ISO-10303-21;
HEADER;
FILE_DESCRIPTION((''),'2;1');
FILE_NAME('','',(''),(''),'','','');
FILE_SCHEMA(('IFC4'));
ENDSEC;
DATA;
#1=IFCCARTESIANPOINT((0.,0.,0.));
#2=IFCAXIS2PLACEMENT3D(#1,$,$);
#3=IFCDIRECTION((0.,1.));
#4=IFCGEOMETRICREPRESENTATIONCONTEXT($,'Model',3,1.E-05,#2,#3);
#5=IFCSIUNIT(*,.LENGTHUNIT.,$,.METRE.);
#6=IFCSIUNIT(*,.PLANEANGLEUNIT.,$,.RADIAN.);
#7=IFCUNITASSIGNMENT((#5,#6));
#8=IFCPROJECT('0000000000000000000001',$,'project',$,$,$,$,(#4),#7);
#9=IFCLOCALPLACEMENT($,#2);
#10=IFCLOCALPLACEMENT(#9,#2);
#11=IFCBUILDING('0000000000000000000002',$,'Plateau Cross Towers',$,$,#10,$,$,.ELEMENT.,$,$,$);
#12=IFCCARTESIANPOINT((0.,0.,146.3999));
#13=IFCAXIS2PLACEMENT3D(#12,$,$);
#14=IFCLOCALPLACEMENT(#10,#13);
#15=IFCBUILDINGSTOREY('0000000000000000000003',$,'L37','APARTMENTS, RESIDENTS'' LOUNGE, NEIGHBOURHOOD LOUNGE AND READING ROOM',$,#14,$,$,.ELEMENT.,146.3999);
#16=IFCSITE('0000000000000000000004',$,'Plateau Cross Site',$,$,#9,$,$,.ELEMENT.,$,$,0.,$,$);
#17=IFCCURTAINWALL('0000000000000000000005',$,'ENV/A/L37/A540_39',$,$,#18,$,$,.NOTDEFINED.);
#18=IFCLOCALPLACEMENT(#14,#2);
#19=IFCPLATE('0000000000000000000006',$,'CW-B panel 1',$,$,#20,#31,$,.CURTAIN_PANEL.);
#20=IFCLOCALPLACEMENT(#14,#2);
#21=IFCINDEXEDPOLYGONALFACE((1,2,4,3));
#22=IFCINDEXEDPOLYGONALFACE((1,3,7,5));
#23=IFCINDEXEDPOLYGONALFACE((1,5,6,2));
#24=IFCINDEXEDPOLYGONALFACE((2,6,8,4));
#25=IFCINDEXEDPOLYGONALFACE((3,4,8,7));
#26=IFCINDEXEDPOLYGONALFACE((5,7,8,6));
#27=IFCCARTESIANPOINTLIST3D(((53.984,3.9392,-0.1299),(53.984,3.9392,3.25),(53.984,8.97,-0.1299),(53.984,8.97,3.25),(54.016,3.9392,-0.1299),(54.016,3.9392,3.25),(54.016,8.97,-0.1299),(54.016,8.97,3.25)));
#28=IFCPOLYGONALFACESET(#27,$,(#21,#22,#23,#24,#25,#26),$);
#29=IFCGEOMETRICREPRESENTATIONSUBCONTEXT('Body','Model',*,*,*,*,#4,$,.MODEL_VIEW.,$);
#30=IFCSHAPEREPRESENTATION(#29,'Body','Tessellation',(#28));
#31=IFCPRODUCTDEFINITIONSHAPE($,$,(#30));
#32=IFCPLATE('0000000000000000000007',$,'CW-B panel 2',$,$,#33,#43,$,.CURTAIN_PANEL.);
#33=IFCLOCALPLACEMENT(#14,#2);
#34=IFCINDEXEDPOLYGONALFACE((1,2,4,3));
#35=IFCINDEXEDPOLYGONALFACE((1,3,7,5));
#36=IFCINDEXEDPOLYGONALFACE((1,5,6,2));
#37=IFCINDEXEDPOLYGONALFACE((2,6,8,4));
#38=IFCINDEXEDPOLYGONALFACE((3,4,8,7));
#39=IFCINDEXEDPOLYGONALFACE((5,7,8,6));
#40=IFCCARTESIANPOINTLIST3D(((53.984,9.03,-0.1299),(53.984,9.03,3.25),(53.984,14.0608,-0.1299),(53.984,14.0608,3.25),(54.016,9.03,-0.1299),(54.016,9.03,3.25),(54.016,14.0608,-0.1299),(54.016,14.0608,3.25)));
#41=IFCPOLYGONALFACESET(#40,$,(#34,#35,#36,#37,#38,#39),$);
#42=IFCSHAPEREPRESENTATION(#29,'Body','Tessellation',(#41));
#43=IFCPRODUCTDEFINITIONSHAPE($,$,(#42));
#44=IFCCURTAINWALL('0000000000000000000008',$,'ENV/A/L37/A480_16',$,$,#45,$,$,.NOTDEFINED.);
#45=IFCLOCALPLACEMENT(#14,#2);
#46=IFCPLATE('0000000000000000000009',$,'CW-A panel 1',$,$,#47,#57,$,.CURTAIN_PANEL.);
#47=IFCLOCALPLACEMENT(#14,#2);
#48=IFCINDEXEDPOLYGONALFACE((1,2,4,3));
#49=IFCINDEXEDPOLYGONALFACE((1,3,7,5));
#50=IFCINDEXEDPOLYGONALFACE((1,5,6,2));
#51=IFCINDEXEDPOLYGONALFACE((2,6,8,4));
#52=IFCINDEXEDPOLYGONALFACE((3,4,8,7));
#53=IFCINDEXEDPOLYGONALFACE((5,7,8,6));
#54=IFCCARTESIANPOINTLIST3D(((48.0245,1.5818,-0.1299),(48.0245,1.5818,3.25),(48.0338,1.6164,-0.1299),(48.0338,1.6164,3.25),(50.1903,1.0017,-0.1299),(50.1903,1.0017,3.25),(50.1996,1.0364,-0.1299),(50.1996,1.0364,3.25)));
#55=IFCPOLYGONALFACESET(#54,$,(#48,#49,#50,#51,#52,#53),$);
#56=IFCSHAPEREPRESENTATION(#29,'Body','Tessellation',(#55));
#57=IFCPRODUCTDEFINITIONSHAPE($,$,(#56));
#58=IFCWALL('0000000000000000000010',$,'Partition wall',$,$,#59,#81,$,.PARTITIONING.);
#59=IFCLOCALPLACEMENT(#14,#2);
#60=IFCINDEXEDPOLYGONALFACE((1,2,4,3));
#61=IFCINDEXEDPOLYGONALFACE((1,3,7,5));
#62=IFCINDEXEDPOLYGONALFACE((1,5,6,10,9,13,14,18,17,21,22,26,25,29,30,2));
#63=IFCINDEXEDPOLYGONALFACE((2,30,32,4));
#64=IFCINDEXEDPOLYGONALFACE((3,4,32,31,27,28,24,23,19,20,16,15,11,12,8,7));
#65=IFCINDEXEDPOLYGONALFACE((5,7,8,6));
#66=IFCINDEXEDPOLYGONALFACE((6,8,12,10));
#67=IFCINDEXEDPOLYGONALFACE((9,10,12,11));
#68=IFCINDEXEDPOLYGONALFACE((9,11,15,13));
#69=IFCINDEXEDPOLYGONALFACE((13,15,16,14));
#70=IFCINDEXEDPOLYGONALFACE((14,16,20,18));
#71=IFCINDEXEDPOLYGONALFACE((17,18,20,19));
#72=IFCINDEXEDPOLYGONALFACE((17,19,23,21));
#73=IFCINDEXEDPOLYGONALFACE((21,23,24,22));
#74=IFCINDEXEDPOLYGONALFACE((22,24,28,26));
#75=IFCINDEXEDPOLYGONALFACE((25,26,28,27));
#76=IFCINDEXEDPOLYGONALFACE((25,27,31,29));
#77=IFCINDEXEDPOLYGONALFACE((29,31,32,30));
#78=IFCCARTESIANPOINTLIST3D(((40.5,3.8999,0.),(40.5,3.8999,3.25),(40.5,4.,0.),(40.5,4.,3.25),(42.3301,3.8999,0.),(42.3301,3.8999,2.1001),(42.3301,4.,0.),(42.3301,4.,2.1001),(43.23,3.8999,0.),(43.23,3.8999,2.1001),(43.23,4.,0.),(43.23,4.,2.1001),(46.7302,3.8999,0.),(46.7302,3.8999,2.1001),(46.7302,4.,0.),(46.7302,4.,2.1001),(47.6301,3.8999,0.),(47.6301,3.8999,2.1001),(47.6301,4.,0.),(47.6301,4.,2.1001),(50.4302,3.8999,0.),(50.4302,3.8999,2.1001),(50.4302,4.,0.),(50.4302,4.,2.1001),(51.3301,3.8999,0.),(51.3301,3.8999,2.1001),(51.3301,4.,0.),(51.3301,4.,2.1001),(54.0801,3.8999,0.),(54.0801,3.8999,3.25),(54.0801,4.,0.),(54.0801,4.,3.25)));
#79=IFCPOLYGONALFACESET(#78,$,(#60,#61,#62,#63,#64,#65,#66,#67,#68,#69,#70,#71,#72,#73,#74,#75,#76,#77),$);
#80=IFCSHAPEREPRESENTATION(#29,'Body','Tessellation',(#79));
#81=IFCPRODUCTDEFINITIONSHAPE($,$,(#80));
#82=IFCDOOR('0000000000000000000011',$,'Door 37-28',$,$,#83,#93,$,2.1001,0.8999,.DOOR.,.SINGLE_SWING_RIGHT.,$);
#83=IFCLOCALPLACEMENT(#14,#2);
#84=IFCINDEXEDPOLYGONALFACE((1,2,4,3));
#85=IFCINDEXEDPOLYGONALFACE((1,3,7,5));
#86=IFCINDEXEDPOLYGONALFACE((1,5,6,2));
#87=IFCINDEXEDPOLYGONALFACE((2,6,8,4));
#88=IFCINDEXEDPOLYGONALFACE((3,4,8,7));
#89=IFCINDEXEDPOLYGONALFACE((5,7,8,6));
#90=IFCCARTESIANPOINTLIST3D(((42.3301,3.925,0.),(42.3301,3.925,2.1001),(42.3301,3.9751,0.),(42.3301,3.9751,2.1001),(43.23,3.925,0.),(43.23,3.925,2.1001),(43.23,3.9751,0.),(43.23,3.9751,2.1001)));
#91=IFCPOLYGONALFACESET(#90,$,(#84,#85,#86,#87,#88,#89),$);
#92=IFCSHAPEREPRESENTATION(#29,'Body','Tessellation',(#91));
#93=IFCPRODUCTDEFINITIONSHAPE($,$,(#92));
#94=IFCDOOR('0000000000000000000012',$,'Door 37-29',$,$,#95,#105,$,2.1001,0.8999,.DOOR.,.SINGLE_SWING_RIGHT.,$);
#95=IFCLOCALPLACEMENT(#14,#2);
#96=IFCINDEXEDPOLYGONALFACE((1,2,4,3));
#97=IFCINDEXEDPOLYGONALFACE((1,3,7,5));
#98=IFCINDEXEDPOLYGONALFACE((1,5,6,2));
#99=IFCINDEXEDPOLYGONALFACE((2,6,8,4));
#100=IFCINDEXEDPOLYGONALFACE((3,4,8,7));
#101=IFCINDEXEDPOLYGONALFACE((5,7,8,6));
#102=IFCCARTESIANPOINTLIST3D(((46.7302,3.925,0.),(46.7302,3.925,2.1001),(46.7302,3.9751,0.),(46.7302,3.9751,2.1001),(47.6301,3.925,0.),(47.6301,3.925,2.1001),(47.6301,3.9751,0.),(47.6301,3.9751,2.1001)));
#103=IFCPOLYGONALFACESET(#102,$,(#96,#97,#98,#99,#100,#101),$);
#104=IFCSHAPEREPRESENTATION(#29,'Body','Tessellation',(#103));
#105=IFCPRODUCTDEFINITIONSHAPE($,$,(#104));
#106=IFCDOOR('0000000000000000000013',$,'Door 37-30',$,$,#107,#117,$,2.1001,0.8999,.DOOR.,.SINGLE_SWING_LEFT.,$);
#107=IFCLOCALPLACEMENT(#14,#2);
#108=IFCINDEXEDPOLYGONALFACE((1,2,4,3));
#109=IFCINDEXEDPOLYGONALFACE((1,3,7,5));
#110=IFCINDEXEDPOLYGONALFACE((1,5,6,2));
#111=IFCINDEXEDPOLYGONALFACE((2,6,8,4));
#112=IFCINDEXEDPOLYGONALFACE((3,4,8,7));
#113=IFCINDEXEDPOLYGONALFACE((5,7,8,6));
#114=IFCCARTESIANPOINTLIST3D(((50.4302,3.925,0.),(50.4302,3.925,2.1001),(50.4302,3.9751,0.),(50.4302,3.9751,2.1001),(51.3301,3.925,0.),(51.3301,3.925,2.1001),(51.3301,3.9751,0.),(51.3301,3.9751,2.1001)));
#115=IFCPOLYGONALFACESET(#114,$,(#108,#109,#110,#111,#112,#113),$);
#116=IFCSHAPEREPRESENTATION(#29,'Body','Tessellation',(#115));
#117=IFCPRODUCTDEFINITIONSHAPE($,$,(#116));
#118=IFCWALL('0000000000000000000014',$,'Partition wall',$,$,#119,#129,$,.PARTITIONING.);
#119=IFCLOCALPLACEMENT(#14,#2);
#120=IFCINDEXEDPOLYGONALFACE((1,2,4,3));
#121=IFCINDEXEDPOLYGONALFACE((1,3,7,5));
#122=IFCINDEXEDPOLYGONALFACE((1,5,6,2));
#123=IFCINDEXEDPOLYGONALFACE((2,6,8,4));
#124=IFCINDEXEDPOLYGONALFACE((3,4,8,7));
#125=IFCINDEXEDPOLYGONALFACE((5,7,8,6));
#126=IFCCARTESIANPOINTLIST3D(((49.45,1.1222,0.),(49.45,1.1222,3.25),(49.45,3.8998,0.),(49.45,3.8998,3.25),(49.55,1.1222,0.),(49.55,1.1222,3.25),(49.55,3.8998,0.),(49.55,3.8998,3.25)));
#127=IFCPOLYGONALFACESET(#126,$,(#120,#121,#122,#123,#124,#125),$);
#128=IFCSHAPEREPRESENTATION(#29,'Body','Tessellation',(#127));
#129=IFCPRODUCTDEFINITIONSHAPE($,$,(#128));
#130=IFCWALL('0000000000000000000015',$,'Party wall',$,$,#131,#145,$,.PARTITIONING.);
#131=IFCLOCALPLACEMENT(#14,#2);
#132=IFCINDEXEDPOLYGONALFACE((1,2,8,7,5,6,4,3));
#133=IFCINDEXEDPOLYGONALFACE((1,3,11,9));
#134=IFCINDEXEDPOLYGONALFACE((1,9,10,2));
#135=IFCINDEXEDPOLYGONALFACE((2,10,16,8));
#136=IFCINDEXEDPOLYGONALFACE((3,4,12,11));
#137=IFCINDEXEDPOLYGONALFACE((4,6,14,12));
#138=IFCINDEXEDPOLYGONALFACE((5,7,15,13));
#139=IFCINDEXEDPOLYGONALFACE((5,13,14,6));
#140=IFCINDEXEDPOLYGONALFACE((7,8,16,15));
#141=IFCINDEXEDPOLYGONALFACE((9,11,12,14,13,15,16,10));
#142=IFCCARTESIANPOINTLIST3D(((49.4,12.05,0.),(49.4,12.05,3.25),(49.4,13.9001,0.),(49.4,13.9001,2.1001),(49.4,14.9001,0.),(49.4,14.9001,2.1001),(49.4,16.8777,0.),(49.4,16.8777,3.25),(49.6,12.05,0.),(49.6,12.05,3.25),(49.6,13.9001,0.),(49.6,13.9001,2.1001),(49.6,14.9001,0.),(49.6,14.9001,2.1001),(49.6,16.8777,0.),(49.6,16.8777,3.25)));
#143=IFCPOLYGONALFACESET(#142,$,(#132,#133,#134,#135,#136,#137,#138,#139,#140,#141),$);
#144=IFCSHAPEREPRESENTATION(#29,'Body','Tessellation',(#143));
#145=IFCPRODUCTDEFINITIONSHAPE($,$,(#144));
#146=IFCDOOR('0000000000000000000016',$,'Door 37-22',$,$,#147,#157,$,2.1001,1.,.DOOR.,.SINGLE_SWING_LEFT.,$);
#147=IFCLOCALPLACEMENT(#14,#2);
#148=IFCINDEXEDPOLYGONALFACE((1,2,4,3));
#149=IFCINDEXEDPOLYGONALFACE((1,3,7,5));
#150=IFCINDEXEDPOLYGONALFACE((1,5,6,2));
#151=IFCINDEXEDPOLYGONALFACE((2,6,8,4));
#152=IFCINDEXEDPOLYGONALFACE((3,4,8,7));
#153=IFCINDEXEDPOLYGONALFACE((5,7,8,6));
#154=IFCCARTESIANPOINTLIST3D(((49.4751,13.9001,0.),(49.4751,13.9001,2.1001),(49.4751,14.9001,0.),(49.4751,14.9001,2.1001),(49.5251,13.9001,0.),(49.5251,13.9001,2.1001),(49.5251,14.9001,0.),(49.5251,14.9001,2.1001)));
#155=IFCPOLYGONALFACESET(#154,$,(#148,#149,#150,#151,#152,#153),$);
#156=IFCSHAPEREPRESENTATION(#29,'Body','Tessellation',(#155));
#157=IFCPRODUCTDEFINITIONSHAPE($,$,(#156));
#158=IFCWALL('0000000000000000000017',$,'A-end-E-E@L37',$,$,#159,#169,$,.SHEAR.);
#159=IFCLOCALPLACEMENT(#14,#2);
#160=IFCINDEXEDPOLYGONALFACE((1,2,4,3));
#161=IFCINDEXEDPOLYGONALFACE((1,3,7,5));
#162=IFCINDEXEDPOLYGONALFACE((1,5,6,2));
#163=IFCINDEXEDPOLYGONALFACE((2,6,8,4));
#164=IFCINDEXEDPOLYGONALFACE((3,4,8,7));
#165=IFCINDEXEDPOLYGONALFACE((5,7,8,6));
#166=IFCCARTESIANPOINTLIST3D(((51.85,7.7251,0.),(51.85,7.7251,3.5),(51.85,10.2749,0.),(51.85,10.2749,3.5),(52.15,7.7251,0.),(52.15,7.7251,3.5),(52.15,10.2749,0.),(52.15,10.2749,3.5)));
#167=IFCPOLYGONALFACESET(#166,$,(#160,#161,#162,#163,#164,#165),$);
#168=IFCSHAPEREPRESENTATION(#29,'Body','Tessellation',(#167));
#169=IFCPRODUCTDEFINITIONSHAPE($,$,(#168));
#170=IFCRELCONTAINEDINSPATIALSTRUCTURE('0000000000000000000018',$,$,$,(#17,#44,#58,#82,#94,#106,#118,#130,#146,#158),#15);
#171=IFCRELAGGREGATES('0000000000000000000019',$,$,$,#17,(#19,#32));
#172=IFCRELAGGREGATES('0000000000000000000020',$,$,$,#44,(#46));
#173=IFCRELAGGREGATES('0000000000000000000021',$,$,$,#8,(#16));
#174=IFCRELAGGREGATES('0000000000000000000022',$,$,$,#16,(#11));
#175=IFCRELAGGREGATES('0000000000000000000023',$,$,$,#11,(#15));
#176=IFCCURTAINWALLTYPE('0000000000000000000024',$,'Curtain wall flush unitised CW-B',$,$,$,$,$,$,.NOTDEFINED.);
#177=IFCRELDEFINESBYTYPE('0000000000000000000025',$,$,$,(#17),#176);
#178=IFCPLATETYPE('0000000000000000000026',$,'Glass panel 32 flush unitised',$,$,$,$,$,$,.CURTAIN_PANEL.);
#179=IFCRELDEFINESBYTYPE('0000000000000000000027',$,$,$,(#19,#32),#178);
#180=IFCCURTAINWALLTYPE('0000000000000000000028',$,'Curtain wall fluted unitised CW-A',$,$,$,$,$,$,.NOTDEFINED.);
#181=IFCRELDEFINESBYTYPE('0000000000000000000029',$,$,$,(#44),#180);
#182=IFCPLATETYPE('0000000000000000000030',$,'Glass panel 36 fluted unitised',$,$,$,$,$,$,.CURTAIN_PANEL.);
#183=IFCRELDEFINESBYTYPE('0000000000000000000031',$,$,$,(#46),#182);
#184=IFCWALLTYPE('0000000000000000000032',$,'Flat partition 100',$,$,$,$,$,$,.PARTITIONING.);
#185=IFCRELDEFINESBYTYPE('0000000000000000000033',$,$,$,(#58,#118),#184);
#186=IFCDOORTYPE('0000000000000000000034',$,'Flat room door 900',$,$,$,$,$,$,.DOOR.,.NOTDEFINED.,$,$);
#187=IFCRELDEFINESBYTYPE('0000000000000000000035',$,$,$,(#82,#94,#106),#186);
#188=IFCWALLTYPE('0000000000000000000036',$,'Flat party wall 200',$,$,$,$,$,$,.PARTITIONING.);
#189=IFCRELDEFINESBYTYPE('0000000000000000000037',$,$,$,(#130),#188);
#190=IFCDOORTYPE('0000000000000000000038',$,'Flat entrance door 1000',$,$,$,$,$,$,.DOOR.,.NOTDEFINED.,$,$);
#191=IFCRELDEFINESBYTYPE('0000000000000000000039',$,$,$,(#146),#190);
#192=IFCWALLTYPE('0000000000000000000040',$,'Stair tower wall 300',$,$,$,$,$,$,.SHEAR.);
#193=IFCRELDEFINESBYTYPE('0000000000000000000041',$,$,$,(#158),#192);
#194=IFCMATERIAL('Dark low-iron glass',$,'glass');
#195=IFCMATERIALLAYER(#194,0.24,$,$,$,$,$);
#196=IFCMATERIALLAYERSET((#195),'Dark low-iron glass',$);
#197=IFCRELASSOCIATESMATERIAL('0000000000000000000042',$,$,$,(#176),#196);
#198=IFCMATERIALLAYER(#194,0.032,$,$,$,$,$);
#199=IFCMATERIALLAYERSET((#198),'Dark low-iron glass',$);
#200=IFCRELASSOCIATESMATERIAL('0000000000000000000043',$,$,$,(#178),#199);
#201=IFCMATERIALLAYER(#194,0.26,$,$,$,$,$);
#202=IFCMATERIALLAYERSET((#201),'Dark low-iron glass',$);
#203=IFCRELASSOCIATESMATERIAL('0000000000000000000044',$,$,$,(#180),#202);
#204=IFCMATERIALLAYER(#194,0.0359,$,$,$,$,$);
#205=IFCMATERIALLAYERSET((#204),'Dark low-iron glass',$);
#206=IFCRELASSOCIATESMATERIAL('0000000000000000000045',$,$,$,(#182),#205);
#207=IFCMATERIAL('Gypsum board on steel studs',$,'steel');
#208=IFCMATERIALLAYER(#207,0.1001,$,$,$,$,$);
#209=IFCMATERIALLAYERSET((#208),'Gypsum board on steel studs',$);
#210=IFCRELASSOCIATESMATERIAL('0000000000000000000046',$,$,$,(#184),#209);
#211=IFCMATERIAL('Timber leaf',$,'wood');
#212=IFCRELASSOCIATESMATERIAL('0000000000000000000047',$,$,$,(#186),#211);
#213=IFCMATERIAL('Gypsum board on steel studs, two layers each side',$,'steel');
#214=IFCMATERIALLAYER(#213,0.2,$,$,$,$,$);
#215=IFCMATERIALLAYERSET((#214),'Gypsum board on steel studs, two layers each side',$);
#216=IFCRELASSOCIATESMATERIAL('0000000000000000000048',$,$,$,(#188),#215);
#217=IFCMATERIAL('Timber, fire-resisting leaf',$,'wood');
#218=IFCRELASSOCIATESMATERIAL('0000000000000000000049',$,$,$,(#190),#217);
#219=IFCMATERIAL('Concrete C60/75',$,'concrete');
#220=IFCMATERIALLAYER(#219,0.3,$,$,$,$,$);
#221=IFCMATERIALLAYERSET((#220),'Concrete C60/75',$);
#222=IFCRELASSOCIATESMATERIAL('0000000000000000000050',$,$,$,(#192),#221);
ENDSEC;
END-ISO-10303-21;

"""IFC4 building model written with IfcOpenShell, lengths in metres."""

from ifc_helpers import new_model, si_unit, direction, frame, frame_2d, origin, origin_2d, place, context, subcontext, project, spatial, rectangle, extrude, material, layer, layer_set, type_object, element, fill, aggregate, save


model = new_model("IFC4")

# Units and contexts
model_context = context("Model", 3, precision=1e-05, world=origin(), true_north=direction((0.0, 1.0)))
body_context = subcontext(model_context, "Body", "Model", "MODEL_VIEW")
ifc_project = project(units=[si_unit("LENGTHUNIT", "METRE"), si_unit("PLANEANGLEUNIT", "RADIAN")], contexts=[model_context])

# Site, building, storey
site_placement = place(None, origin())
site = spatial("IfcSite", under=ifc_project, at=site_placement, Name="Plateau Cross Site", CompositionType="ELEMENT", RefElevation=0.0)
building_placement = place(site_placement, origin())
building = spatial("IfcBuilding", under=site, at=building_placement, Name="Plateau Cross Towers", CompositionType="ELEMENT")
storey_placement = place(building_placement, frame((0.0, 0.0, 146.3999)))
storey = spatial("IfcBuildingStorey", under=building, at=storey_placement, Name="L37", Description="APARTMENTS, RESIDENTS' LOUNGE, NEIGHBOURHOOD LOUNGE AND READING ROOM", CompositionType="ELEMENT", Elevation=146.3999)

# Shared definitions
ifc_material_1 = material(Name="Concrete C60/75", Category="concrete")

# Shared definitions
ifc_material_2 = material(Name="Dark low-iron glass", Category="glass")
ifc_layer_1 = layer(ifc_material_2, 0.24)
ifc_layer_set_1 = layer_set([ifc_layer_1], Name="Dark low-iron glass")
curtain_wall_type_1 = type_object("IfcCurtainWallType", Name="Curtain wall flush unitised CW-B", PredefinedType="NOTDEFINED", material=ifc_layer_set_1)

# Curtain wall
curtain_wall_1_placement = place(storey_placement, origin())
curtain_wall_1 = element("IfcCurtainWall", 1, at=curtain_wall_1_placement, inside=storey, type_object=curtain_wall_type_1, Name="ENV/A/L37/A540_39", PredefinedType="NOTDEFINED")

# Plates
ifc_layer_2 = layer(ifc_material_2, 0.032)
ifc_layer_set_2 = layer_set([ifc_layer_2], Name="Dark low-iron glass")
plate_type_1 = type_object("IfcPlateType", Name="Glass panel 32 flush unitised", PredefinedType="CURTAIN_PANEL", material=ifc_layer_set_2)
plate_1_placement = place(storey_placement, frame((54.0, 6.4546, -0.1299), z_axis=(0.0, 0.0, 1.0), x_axis=(0.0, 1.0, 0.0)))
plate_1 = element("IfcPlate", 2, at=plate_1_placement, type_object=plate_type_1, Name="CW-B panel 1", PredefinedType="CURTAIN_PANEL", context=body_context, shape_type="SweptSolid", body=[
    extrude(rectangle(XDim=5.0308, YDim=0.032, at=origin_2d()), origin(), (0.0, 0.0, 1.0), 3.3799),
])
plate_2_placement = place(storey_placement, frame((54.0, 11.5454, -0.1299), z_axis=(0.0, 0.0, 1.0), x_axis=(0.0, 1.0, 0.0)))
plate_2 = element("IfcPlate", 3, at=plate_2_placement, type_object=plate_type_1, Name="CW-B panel 2", PredefinedType="CURTAIN_PANEL", context=body_context, shape_type="SweptSolid", body=[
    extrude(rectangle(XDim=5.0308, YDim=0.032, at=origin_2d()), origin(), (0.0, 0.0, 1.0), 3.3799),
])
aggregate(curtain_wall_1, [plate_1, plate_2])

# Curtain wall, plate
ifc_layer_3 = layer(ifc_material_2, 0.26)
ifc_layer_set_3 = layer_set([ifc_layer_3], Name="Dark low-iron glass")
curtain_wall_type_2 = type_object("IfcCurtainWallType", Name="Curtain wall fluted unitised CW-A", PredefinedType="NOTDEFINED", material=ifc_layer_set_3)
curtain_wall_2_placement = place(storey_placement, origin())
curtain_wall_2 = element("IfcCurtainWall", 4, at=curtain_wall_2_placement, inside=storey, type_object=curtain_wall_type_2, Name="ENV/A/L37/A480_16", PredefinedType="NOTDEFINED")
ifc_layer_4 = layer(ifc_material_2, 0.0359)
ifc_layer_set_4 = layer_set([ifc_layer_4], Name="Dark low-iron glass")
plate_type_2 = type_object("IfcPlateType", Name="Glass panel 36 fluted unitised", PredefinedType="CURTAIN_PANEL", material=ifc_layer_set_4)
plate_3_placement = place(storey_placement, frame((49.1121, 1.3091, -0.1299), z_axis=(0.0, 0.0, 1.0), x_axis=(0.965958, -0.258699, 0.0)))
plate_3 = element("IfcPlate", 5, at=plate_3_placement, type_object=plate_type_2, Name="CW-A panel 1", PredefinedType="CURTAIN_PANEL", context=body_context, shape_type="SweptSolid", body=[
    extrude(rectangle(XDim=2.2422, YDim=0.0359, at=origin_2d()), origin(), (0.0, 0.0, 1.0), 3.3799),
])
aggregate(curtain_wall_2, [plate_3])

# Wall, openings, doors
ifc_material_3 = material(Name="Gypsum board on steel studs", Category="steel")
ifc_layer_5 = layer(ifc_material_3, 0.1001)
ifc_layer_set_5 = layer_set([ifc_layer_5], Name="Gypsum board on steel studs")
wall_type_1 = type_object("IfcWallType", Name="Flat partition 100", PredefinedType="PARTITIONING", material=ifc_layer_set_5)
wall_1_placement = place(storey_placement, frame((54.0801, 3.95, 0.0), z_axis=(0.0, 0.0, 1.0), x_axis=(-1.0, 0.0, 0.0)))
wall_1 = element("IfcWall", 6, at=wall_1_placement, inside=storey, type_object=wall_type_1, Name="Partition wall", PredefinedType="PARTITIONING", context=body_context, shape_type="SweptSolid", body=[
    extrude(rectangle(XDim=13.5801, YDim=0.1001, at=frame_2d((6.79, 0.0))), origin(), (0.0, 0.0, 1.0), 3.25),
])
opening_1_placement = place(wall_1_placement, frame((10.8501, 0.0, 0.0)))
opening_1 = element("IfcOpeningElement", 7, at=opening_1_placement, cuts=wall_1, PredefinedType="OPENING", context=body_context, shape_type="SweptSolid", body=[
    extrude(rectangle(XDim=0.8999, YDim=2.1001, at=frame_2d((0.45, 1.05))), frame((0.0, 0.0601, 0.0), z_axis=(0.0, -1.0, 0.0), x_axis=(1.0, 0.0, 0.0)), (0.0, 0.0, 1.0), 0.1201),
])
opening_2_placement = place(wall_1_placement, frame((6.45, 0.0, 0.0)))
opening_2 = element("IfcOpeningElement", 8, at=opening_2_placement, cuts=wall_1, PredefinedType="OPENING", context=body_context, shape_type="SweptSolid", body=[
    extrude(rectangle(XDim=0.8999, YDim=2.1001, at=frame_2d((0.45, 1.05))), frame((0.0, 0.0601, 0.0), z_axis=(0.0, -1.0, 0.0), x_axis=(1.0, 0.0, 0.0)), (0.0, 0.0, 1.0), 0.1201),
])
opening_3_placement = place(wall_1_placement, frame((2.75, 0.0, 0.0)))
opening_3 = element("IfcOpeningElement", 9, at=opening_3_placement, cuts=wall_1, PredefinedType="OPENING", context=body_context, shape_type="SweptSolid", body=[
    extrude(rectangle(XDim=0.8999, YDim=2.1001, at=frame_2d((0.45, 1.05))), frame((0.0, 0.0601, 0.0), z_axis=(0.0, -1.0, 0.0), x_axis=(1.0, 0.0, 0.0)), (0.0, 0.0, 1.0), 0.1201),
])
ifc_material_4 = material(Name="Timber leaf", Category="wood")
door_type_1 = type_object("IfcDoorType", Name="Flat room door 900", OperationType="NOTDEFINED", PredefinedType="DOOR", material=ifc_material_4)
door_1_placement = place(opening_1_placement, origin())
door_1 = element("IfcDoor", 10, at=door_1_placement, inside=storey, type_object=door_type_1, Name="Door 37-28", OperationType="SINGLE_SWING_RIGHT", OverallHeight=2.1001, OverallWidth=0.8999, PredefinedType="DOOR", context=body_context, shape_type="SweptSolid", body=[
    extrude(rectangle(XDim=0.8999, YDim=2.1001, at=frame_2d((0.45, 1.05))), frame((0.0, 0.0249, 0.0), z_axis=(0.0, -1.0, 0.0), x_axis=(1.0, 0.0, 0.0)), (0.0, 0.0, 1.0), 0.05),
])
fill(opening_1, door_1)
door_2_placement = place(opening_2_placement, origin())
door_2 = element("IfcDoor", 11, at=door_2_placement, inside=storey, type_object=door_type_1, Name="Door 37-29", OperationType="SINGLE_SWING_RIGHT", OverallHeight=2.1001, OverallWidth=0.8999, PredefinedType="DOOR", context=body_context, shape_type="SweptSolid", body=[
    extrude(rectangle(XDim=0.8999, YDim=2.1001, at=frame_2d((0.45, 1.05))), frame((0.0, 0.0249, 0.0), z_axis=(0.0, -1.0, 0.0), x_axis=(1.0, 0.0, 0.0)), (0.0, 0.0, 1.0), 0.05),
])
fill(opening_2, door_2)
door_3_placement = place(opening_3_placement, origin())
door_3 = element("IfcDoor", 12, at=door_3_placement, inside=storey, type_object=door_type_1, Name="Door 37-30", OperationType="SINGLE_SWING_LEFT", OverallHeight=2.1001, OverallWidth=0.8999, PredefinedType="DOOR", context=body_context, shape_type="SweptSolid", body=[
    extrude(rectangle(XDim=0.8999, YDim=2.1001, at=frame_2d((0.45, 1.05))), frame((0.0, 0.0249, 0.0), z_axis=(0.0, -1.0, 0.0), x_axis=(1.0, 0.0, 0.0)), (0.0, 0.0, 1.0), 0.05),
])
fill(opening_3, door_3)

# Wall
wall_2_placement = place(storey_placement, frame((49.5, 1.1223, 0.0), z_axis=(0.0, 0.0, 1.0), x_axis=(0.0, 1.0, 0.0)))
element("IfcWall", 13, at=wall_2_placement, inside=storey, type_object=wall_type_1, Name="Partition wall", PredefinedType="PARTITIONING", context=body_context, shape_type="SweptSolid", body=[
    extrude(rectangle(XDim=2.7776, YDim=0.1001, at=frame_2d((1.3887, 0.0))), origin(), (0.0, 0.0, 1.0), 3.25),
])

# Wall, opening, door
ifc_material_5 = material(Name="Gypsum board on steel studs, two layers each side", Category="steel")
ifc_layer_6 = layer(ifc_material_5, 0.2)
ifc_layer_set_6 = layer_set([ifc_layer_6], Name="Gypsum board on steel studs, two layers each side")
wall_type_2 = type_object("IfcWallType", Name="Flat party wall 200", PredefinedType="PARTITIONING", material=ifc_layer_set_6)
wall_3_placement = place(storey_placement, frame((49.5, 12.05, 0.0), z_axis=(0.0, 0.0, 1.0), x_axis=(0.0, 1.0, 0.0)))
wall_3 = element("IfcWall", 14, at=wall_3_placement, inside=storey, type_object=wall_type_2, Name="Party wall", PredefinedType="PARTITIONING", context=body_context, shape_type="SweptSolid", body=[
    extrude(rectangle(XDim=4.8276, YDim=0.2, at=frame_2d((2.4138, 0.0))), origin(), (0.0, 0.0, 1.0), 3.25),
])
opening_4_placement = place(wall_3_placement, frame((1.8501, 0.0, 0.0)))
opening_4 = element("IfcOpeningElement", 15, at=opening_4_placement, cuts=wall_3, PredefinedType="OPENING", context=body_context, shape_type="SweptSolid", body=[
    extrude(rectangle(XDim=1.0, YDim=2.1001, at=frame_2d((0.5, 1.05))), frame((0.0, 0.1099, 0.0), z_axis=(0.0, -1.0, 0.0), x_axis=(1.0, 0.0, 0.0)), (0.0, 0.0, 1.0), 0.22),
])
ifc_material_6 = material(Name="Timber, fire-resisting leaf", Category="wood")
door_type_2 = type_object("IfcDoorType", Name="Flat entrance door 1000", OperationType="NOTDEFINED", PredefinedType="DOOR", material=ifc_material_6)
door_4_placement = place(opening_4_placement, origin())
door_4 = element("IfcDoor", 16, at=door_4_placement, inside=storey, type_object=door_type_2, Name="Door 37-22", OperationType="SINGLE_SWING_LEFT", OverallHeight=2.1001, OverallWidth=1.0, PredefinedType="DOOR", context=body_context, shape_type="SweptSolid", body=[
    extrude(rectangle(XDim=1.0, YDim=2.1001, at=frame_2d((0.5, 1.05))), frame((0.0, 0.0249, 0.0), z_axis=(0.0, -1.0, 0.0), x_axis=(1.0, 0.0, 0.0)), (0.0, 0.0, 1.0), 0.05),
])
fill(opening_4, door_4)

# Wall
ifc_layer_7 = layer(ifc_material_1, 0.3)
ifc_layer_set_7 = layer_set([ifc_layer_7], Name="Concrete C60/75")
wall_type_3 = type_object("IfcWallType", Name="Stair tower wall 300", PredefinedType="SHEAR", material=ifc_layer_set_7)
wall_4_placement = place(storey_placement, frame((52.0, 7.7251, 0.0), z_axis=(0.0, 0.0, 1.0), x_axis=(0.0, 1.0, 0.0)))
element("IfcWall", 17, at=wall_4_placement, inside=storey, type_object=wall_type_3, Name="A-end-E-E@L37", PredefinedType="SHEAR", context=body_context, shape_type="SweptSolid", body=[
    extrude(rectangle(XDim=2.5498, YDim=0.3, at=frame_2d((1.2749, 0.0))), origin(), (0.0, 0.0, 1.0), 3.5),
])

save(model, "model.ifc")
